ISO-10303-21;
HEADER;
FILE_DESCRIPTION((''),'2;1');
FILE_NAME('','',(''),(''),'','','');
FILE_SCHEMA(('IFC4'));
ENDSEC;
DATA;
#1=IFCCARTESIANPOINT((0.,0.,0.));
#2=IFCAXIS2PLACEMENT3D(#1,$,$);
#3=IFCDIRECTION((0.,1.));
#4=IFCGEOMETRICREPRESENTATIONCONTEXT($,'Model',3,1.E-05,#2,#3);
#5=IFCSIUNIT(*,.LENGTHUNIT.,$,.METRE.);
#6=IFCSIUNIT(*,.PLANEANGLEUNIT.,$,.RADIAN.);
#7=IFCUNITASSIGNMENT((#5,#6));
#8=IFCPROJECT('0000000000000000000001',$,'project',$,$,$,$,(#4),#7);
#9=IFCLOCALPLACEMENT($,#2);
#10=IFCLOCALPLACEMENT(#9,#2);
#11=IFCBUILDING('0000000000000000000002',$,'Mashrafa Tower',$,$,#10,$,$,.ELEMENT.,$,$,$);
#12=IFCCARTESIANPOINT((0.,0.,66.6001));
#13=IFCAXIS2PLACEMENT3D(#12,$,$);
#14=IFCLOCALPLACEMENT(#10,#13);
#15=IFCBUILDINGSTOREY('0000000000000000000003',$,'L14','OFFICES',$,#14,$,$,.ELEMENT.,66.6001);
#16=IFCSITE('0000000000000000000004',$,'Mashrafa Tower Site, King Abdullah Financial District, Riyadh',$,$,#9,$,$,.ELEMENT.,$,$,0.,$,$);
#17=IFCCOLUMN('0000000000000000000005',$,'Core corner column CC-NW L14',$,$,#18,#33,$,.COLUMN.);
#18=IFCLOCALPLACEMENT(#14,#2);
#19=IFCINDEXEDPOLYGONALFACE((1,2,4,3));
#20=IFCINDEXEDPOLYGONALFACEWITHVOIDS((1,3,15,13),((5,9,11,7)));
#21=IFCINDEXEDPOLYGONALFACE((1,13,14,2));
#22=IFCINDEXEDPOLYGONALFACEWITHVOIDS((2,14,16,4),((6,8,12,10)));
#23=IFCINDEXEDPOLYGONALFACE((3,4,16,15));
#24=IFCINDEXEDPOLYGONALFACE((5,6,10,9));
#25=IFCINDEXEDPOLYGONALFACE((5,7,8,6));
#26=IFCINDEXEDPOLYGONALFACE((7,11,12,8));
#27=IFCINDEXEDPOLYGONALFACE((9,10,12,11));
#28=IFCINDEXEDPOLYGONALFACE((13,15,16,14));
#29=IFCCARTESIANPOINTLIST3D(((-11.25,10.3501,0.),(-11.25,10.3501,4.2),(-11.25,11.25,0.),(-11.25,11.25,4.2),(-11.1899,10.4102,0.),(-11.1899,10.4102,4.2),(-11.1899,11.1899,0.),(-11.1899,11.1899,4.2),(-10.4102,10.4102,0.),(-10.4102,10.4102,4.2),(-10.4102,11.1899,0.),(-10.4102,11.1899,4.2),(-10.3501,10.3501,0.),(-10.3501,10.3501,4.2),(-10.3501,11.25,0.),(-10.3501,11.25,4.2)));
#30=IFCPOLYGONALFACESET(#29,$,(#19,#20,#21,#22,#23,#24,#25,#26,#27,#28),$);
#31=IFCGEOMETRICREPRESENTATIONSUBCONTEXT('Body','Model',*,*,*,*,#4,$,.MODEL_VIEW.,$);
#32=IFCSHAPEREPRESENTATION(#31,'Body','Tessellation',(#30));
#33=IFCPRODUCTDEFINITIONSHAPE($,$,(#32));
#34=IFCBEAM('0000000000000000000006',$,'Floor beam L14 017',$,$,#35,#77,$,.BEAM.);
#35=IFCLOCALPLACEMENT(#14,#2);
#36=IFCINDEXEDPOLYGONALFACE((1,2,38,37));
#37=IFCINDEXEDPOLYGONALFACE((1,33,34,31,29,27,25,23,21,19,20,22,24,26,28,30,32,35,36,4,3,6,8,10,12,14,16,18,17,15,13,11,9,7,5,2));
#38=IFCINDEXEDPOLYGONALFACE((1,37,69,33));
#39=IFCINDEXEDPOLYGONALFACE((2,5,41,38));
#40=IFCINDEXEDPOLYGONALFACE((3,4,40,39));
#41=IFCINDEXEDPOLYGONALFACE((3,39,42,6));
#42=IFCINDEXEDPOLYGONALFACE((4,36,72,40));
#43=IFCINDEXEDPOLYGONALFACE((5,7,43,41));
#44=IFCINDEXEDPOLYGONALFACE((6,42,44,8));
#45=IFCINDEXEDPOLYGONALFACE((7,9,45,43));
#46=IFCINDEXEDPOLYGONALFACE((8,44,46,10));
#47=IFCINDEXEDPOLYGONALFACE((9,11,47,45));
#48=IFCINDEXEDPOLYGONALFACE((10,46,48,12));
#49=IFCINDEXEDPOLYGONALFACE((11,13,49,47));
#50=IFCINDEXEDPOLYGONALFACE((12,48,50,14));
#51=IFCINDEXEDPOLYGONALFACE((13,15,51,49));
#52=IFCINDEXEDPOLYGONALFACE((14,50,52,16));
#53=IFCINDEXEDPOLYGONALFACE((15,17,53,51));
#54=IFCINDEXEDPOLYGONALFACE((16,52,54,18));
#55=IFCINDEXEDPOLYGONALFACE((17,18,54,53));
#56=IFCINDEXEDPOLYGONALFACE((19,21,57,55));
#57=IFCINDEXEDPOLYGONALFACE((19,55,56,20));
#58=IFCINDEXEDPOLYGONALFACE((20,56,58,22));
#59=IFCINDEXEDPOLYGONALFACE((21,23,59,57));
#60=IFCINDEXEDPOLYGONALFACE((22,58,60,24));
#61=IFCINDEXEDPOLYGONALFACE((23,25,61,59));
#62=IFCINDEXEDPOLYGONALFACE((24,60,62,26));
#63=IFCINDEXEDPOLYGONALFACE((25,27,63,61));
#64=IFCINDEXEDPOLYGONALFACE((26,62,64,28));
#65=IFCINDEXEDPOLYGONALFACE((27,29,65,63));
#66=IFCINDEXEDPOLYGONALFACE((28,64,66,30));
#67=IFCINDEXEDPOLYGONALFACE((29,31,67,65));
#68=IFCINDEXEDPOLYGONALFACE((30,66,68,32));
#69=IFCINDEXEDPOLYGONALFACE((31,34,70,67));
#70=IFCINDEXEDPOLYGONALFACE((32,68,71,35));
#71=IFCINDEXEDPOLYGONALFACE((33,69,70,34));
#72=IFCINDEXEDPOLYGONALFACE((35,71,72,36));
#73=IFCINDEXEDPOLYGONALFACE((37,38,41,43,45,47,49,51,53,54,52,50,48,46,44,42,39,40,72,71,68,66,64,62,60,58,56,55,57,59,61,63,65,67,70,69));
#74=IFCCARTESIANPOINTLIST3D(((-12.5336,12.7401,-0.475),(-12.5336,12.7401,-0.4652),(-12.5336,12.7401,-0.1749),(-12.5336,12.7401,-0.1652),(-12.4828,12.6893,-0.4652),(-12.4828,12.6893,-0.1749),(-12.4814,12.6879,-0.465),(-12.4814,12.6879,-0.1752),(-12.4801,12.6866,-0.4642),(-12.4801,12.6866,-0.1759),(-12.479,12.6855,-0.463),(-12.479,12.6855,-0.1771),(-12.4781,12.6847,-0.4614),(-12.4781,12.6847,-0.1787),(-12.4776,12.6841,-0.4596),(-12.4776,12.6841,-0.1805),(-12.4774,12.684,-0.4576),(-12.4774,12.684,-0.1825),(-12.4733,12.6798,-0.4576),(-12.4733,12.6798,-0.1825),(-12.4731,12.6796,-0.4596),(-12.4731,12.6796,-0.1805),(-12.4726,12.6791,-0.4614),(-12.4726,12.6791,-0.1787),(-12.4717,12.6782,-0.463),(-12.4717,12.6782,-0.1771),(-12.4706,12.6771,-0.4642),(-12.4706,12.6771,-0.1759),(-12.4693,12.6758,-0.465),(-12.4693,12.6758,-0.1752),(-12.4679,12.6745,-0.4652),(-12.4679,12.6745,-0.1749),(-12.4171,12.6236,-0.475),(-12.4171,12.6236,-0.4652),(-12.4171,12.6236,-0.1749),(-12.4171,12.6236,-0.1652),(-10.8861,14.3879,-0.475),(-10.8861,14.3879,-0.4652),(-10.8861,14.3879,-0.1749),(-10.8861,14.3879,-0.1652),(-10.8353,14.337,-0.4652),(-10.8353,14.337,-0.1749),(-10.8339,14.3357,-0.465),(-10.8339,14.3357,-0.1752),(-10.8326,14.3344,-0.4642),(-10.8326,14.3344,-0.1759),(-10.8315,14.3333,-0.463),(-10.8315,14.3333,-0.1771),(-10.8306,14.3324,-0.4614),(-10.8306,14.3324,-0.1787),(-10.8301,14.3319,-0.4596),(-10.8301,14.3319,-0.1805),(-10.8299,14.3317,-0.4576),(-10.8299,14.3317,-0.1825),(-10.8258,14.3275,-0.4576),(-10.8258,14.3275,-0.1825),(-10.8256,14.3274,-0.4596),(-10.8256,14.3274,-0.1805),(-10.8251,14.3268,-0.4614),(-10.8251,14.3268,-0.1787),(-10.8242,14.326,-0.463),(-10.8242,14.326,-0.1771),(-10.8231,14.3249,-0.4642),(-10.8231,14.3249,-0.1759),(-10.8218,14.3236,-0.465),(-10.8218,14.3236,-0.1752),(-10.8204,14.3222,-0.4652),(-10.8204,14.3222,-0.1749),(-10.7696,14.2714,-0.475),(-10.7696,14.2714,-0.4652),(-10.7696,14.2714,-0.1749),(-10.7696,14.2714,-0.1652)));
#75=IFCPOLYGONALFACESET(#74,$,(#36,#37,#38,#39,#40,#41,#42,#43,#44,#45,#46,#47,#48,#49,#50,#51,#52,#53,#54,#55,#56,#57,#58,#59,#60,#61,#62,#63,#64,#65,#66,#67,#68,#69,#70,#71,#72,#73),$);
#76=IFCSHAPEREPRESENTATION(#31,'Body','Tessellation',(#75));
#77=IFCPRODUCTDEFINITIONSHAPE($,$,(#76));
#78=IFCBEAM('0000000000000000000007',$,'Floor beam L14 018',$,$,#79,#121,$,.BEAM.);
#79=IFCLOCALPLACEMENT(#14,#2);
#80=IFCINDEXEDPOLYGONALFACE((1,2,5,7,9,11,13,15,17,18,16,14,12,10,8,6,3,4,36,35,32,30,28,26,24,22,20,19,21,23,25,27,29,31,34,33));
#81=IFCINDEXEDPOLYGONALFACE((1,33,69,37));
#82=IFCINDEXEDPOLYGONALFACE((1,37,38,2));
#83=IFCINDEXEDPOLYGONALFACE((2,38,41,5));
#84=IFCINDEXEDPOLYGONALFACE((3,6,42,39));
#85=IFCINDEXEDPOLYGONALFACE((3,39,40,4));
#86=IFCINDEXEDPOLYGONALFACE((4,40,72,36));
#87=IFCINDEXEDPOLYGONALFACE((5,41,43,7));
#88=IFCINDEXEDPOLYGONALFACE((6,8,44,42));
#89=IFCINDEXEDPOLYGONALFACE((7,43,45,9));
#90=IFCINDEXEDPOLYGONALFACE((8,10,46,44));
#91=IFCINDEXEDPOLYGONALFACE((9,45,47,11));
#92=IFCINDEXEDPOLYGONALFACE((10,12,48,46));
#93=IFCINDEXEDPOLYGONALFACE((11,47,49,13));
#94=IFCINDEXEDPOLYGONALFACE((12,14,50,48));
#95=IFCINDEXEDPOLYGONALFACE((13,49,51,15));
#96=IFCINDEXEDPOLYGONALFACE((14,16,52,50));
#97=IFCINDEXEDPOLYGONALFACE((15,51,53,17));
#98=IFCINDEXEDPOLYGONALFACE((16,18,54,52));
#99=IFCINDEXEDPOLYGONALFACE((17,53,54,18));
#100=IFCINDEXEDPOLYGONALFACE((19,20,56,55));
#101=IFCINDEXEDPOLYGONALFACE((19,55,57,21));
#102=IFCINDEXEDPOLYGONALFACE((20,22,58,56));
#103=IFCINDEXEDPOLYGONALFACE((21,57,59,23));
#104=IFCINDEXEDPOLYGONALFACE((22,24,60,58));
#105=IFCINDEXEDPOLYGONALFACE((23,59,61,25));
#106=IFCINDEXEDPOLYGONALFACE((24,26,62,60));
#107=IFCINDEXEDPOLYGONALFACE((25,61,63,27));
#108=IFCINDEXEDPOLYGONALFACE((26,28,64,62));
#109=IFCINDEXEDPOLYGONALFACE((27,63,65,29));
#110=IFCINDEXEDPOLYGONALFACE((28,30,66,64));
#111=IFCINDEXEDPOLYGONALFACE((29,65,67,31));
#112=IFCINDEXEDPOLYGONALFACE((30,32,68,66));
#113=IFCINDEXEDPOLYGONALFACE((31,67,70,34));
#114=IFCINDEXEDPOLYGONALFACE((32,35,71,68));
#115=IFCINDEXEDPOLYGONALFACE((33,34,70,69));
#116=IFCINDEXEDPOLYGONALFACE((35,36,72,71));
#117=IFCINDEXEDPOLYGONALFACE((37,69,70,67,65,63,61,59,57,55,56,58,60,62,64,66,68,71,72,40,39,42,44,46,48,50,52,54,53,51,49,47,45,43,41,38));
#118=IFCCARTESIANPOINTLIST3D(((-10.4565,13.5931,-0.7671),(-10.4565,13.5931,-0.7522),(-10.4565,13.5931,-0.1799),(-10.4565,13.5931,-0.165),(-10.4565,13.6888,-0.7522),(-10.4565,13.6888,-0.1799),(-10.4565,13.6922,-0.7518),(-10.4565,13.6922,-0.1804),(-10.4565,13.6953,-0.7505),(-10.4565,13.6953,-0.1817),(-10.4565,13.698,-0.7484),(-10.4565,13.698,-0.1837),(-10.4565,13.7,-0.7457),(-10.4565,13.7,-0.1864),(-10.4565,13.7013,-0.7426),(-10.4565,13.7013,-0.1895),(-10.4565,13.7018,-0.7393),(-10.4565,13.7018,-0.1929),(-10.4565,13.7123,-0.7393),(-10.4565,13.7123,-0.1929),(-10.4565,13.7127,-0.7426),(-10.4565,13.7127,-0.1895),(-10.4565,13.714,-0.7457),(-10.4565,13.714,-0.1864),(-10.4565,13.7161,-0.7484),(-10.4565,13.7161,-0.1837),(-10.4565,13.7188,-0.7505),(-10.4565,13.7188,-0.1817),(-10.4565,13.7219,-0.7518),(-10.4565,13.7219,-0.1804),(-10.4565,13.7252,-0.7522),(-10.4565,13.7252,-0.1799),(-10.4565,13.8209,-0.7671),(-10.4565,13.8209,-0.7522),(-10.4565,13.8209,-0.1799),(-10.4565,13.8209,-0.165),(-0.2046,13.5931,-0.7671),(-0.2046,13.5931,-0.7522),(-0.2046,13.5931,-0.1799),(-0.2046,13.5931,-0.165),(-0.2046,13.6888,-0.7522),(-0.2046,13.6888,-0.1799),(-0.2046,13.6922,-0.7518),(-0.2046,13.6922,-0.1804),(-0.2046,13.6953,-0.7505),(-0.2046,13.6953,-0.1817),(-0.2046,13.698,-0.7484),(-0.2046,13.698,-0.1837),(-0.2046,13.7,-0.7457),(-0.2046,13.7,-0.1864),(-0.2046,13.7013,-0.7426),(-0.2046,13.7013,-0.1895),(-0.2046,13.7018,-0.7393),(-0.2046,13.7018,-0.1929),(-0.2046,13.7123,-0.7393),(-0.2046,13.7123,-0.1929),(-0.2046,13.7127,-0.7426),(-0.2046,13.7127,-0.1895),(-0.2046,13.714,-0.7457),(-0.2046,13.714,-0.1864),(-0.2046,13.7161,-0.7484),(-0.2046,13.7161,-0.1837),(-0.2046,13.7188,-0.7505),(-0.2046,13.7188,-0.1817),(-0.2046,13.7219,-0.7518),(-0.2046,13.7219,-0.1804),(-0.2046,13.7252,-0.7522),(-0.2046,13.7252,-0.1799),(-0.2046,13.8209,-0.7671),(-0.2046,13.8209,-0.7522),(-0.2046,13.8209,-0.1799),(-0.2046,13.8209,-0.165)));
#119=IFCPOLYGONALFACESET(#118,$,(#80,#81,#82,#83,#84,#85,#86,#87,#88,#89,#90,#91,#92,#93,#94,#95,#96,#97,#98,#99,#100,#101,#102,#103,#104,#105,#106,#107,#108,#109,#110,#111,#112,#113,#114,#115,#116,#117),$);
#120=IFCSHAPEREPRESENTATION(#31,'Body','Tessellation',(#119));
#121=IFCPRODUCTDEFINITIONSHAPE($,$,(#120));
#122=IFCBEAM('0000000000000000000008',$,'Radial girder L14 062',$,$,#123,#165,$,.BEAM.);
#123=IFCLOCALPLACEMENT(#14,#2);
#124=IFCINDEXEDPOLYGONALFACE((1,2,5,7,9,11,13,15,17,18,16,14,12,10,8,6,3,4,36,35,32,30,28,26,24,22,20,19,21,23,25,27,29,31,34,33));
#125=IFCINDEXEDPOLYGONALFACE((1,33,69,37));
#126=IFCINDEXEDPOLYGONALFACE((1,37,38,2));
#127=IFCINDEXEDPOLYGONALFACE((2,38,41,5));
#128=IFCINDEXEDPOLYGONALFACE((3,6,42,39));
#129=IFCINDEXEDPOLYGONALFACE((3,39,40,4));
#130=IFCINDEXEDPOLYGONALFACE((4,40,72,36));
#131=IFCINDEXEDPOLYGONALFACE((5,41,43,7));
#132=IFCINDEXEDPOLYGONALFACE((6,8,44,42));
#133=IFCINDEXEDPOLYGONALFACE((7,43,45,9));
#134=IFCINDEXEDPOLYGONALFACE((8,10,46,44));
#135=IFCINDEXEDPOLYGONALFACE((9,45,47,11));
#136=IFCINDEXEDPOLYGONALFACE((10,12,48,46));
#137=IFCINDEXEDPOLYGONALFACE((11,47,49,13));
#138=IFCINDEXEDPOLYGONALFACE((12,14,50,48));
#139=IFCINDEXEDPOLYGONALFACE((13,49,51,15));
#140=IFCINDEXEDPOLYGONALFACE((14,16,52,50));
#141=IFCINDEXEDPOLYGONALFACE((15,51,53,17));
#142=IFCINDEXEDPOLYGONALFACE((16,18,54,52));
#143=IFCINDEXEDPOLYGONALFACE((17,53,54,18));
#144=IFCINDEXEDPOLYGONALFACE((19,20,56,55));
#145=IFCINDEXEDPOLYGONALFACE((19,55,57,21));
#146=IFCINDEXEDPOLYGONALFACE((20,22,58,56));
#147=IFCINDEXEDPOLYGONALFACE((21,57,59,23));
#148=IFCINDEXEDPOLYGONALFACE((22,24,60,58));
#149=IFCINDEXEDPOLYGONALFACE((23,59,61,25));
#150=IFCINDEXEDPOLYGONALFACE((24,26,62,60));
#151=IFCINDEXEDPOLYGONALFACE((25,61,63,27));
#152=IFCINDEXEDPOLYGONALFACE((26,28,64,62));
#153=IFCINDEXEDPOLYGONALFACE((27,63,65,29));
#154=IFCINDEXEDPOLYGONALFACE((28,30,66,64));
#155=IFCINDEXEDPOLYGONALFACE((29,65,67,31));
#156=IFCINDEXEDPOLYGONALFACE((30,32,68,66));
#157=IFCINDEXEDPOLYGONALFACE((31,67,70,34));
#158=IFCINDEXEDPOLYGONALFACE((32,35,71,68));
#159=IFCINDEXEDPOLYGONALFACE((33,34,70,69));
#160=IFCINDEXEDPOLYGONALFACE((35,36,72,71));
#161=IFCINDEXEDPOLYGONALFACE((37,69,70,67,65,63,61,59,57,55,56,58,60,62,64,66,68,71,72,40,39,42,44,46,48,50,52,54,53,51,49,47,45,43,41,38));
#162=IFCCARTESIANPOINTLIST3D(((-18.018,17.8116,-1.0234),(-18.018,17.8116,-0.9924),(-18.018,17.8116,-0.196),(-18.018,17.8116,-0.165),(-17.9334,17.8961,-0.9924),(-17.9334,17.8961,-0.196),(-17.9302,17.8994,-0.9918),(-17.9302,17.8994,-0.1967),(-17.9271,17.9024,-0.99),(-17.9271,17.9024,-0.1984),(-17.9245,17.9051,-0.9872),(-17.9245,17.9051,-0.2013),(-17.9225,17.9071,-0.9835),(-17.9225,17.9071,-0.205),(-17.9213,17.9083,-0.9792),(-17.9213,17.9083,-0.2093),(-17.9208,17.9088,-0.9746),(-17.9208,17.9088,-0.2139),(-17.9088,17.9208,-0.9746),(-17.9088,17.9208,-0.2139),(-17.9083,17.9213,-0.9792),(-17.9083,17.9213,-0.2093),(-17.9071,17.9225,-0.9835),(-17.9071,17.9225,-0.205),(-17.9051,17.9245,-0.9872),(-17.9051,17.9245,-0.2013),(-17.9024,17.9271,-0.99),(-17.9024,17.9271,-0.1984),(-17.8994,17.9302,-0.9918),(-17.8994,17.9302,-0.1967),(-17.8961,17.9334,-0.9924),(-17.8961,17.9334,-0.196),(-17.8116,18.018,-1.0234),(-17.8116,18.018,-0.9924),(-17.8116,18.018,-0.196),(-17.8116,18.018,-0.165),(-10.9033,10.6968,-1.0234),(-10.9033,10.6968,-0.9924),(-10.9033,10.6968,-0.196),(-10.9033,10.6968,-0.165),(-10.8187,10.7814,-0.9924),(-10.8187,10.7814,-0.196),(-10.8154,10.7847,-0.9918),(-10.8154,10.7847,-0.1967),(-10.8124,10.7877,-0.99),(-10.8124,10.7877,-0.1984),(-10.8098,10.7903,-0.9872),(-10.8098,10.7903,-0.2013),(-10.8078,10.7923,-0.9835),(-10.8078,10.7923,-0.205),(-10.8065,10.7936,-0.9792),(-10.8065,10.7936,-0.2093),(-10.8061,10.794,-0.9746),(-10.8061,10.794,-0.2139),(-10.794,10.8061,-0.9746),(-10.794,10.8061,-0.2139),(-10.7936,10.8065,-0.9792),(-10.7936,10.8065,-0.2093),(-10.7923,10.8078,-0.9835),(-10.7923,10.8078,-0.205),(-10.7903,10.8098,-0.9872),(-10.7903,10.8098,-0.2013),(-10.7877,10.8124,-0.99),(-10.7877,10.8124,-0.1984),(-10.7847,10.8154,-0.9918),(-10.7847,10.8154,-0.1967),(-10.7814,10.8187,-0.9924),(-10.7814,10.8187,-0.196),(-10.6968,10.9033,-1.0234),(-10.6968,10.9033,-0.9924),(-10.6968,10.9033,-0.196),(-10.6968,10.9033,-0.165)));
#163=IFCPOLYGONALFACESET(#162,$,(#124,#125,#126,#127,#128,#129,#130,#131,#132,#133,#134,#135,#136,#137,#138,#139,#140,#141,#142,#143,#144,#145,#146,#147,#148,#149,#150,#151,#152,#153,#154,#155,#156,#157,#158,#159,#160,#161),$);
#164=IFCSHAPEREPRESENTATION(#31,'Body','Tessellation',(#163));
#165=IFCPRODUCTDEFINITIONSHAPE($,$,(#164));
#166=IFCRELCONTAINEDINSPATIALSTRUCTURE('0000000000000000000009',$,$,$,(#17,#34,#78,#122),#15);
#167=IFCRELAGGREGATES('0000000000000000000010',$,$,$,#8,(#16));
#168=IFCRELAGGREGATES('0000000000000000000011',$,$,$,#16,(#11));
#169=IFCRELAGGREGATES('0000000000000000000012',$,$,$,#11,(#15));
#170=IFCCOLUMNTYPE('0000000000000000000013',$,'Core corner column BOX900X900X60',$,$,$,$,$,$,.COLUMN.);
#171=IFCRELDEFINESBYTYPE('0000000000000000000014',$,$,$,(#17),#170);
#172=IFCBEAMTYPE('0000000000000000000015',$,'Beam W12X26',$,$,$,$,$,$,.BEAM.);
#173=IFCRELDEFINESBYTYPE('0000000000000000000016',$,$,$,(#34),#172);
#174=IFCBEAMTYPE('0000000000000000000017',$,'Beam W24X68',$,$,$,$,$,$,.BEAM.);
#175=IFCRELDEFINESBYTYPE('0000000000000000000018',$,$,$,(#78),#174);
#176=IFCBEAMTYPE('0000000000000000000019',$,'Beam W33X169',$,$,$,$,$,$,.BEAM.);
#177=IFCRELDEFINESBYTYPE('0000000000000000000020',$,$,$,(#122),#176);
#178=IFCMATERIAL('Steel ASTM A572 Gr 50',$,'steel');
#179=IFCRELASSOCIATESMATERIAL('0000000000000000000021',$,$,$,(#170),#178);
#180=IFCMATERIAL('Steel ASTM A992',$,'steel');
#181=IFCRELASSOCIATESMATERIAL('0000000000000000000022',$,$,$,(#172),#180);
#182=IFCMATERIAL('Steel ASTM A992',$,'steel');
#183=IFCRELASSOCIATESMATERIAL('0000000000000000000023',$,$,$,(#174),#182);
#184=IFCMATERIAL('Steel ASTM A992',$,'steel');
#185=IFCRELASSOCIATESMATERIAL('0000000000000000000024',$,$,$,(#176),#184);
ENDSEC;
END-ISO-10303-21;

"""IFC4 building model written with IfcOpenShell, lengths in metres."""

from ifc_helpers import new_model, si_unit, direction, frame, origin, origin_2d, place, context, subcontext, project, spatial, hollow_rectangle, i_section, extrude, material, material_profile, profile_set, type_object, element, save


model = new_model("IFC4")

# Units and contexts
model_context = context("Model", 3, precision=1e-05, world=origin(), true_north=direction((0.0, 1.0)))
body_context = subcontext(model_context, "Body", "Model", "MODEL_VIEW")
ifc_project = project(units=[si_unit("LENGTHUNIT", "METRE"), si_unit("PLANEANGLEUNIT", "RADIAN")], contexts=[model_context])

# Site, building, storey
site_placement = place(None, origin())
site = spatial("IfcSite", under=ifc_project, at=site_placement, Name="Mashrafa Tower Site, King Abdullah Financial District, Riyadh", CompositionType="ELEMENT", RefElevation=0.0)
building_placement = place(site_placement, origin())
building = spatial("IfcBuilding", under=site, at=building_placement, Name="Mashrafa Tower", CompositionType="ELEMENT")
storey_placement = place(building_placement, frame((0.0, 0.0, 66.6001)))
storey = spatial("IfcBuildingStorey", under=building, at=storey_placement, Name="L14", Description="OFFICES", CompositionType="ELEMENT", Elevation=66.6001)

# Column
ifc_material_1 = material(Name="Steel ASTM A572 Gr 50", Category="steel")
ifc_material_profile_1 = material_profile(ifc_material_1, hollow_rectangle(XDim=0.8999, YDim=0.8999, WallThickness=0.0601, at=origin_2d()), Name="BOX900X900X60")
ifc_profile_set_1 = profile_set([ifc_material_profile_1], Name="Steel ASTM A572 Gr 50")
column_type = type_object("IfcColumnType", Name="Core corner column BOX900X900X60", PredefinedType="COLUMN", material=ifc_profile_set_1)
column_placement = place(storey_placement, frame((-10.8, 10.8, 0.0), z_axis=(0.0, 0.0, 1.0), x_axis=(1.0, 0.0, 0.0)))
element("IfcColumn", 1, at=column_placement, inside=storey, type_object=column_type, Name="Core corner column CC-NW L14", PredefinedType="COLUMN", context=body_context, shape_type="SweptSolid", body=[
    extrude(hollow_rectangle(XDim=0.8999, YDim=0.8999, WallThickness=0.0601, at=origin_2d()), origin(), (0.0, 0.0, 1.0), 4.2),
])

# Beams
ifc_material_2 = material(Name="Steel ASTM A992", Category="steel")
ifc_material_profile_2 = material_profile(ifc_material_2, i_section(OverallWidth=0.1648, OverallDepth=0.3098, WebThickness=0.0059, FlangeThickness=0.0098, FilletRadius=0.0076, at=origin_2d()), Name="W12X26")
ifc_profile_set_2 = profile_set([ifc_material_profile_2], Name="Steel ASTM A992")
beam_type_1 = type_object("IfcBeamType", Name="Beam W12X26", PredefinedType="BEAM", material=ifc_profile_set_2)
beam_1_placement = place(storey_placement, frame((-12.4753, 12.6819, -0.3201), z_axis=(0.707054, 0.707159, 0.0), x_axis=(-0.707159, 0.707054, 0.0)))
element("IfcBeam", 2, at=beam_1_placement, inside=storey, type_object=beam_type_1, Name="Floor beam L14 017", PredefinedType="BEAM", context=body_context, shape_type="SweptSolid", body=[
    extrude(i_section(OverallWidth=0.1648, OverallDepth=0.3098, WebThickness=0.0059, FlangeThickness=0.0098, FilletRadius=0.0076, at=origin_2d()), origin(), (0.0, 0.0, 1.0), 2.3301),
])
ifc_material_3 = material(Name="Steel ASTM A992", Category="steel")
ifc_material_profile_3 = material_profile(ifc_material_3, i_section(OverallWidth=0.2278, OverallDepth=0.6021, WebThickness=0.0105, FlangeThickness=0.0149, FilletRadius=0.0129, at=origin_2d()), Name="W24X68")
ifc_profile_set_3 = profile_set([ifc_material_profile_3], Name="Steel ASTM A992")
beam_type_2 = type_object("IfcBeamType", Name="Beam W24X68", PredefinedType="BEAM", material=ifc_profile_set_3)
beam_2_placement = place(storey_placement, frame((-10.4565, 13.707, -0.4661), z_axis=(1.0, 0.0, 0.0), x_axis=(0.0, 1.0, 0.0)))
element("IfcBeam", 3, at=beam_2_placement, inside=storey, type_object=beam_type_2, Name="Floor beam L14 018", PredefinedType="BEAM", context=body_context, shape_type="SweptSolid", body=[
    extrude(i_section(OverallWidth=0.2278, OverallDepth=0.6021, WebThickness=0.0105, FlangeThickness=0.0149, FilletRadius=0.0129, at=origin_2d()), origin(), (0.0, 0.0, 1.0), 10.252),
])
ifc_material_4 = material(Name="Steel ASTM A992", Category="steel")
ifc_material_profile_4 = material_profile(ifc_material_4, i_section(OverallWidth=0.292, OverallDepth=0.8584, WebThickness=0.0171, FlangeThickness=0.031, FilletRadius=0.0178, at=origin_2d()), Name="W33X169")
ifc_profile_set_4 = profile_set([ifc_material_profile_4], Name="Steel ASTM A992")
beam_type_3 = type_object("IfcBeamType", Name="Beam W33X169", PredefinedType="BEAM", material=ifc_profile_set_4)
beam_3_placement = place(storey_placement, frame((-10.8, 10.8, -0.5942), z_axis=(-0.707107, 0.707107, 0.0), x_axis=(-0.707107, -0.707107, 0.0)))
element("IfcBeam", 4, at=beam_3_placement, inside=storey, type_object=beam_type_3, Name="Radial girder L14 062", PredefinedType="BEAM", context=body_context, shape_type="SweptSolid", body=[
    extrude(i_section(OverallWidth=0.292, OverallDepth=0.8584, WebThickness=0.0171, FlangeThickness=0.031, FilletRadius=0.0178, at=origin_2d()), origin(), (0.0, 0.0, 1.0), 10.0618),
])

save(model, "model.ifc")
